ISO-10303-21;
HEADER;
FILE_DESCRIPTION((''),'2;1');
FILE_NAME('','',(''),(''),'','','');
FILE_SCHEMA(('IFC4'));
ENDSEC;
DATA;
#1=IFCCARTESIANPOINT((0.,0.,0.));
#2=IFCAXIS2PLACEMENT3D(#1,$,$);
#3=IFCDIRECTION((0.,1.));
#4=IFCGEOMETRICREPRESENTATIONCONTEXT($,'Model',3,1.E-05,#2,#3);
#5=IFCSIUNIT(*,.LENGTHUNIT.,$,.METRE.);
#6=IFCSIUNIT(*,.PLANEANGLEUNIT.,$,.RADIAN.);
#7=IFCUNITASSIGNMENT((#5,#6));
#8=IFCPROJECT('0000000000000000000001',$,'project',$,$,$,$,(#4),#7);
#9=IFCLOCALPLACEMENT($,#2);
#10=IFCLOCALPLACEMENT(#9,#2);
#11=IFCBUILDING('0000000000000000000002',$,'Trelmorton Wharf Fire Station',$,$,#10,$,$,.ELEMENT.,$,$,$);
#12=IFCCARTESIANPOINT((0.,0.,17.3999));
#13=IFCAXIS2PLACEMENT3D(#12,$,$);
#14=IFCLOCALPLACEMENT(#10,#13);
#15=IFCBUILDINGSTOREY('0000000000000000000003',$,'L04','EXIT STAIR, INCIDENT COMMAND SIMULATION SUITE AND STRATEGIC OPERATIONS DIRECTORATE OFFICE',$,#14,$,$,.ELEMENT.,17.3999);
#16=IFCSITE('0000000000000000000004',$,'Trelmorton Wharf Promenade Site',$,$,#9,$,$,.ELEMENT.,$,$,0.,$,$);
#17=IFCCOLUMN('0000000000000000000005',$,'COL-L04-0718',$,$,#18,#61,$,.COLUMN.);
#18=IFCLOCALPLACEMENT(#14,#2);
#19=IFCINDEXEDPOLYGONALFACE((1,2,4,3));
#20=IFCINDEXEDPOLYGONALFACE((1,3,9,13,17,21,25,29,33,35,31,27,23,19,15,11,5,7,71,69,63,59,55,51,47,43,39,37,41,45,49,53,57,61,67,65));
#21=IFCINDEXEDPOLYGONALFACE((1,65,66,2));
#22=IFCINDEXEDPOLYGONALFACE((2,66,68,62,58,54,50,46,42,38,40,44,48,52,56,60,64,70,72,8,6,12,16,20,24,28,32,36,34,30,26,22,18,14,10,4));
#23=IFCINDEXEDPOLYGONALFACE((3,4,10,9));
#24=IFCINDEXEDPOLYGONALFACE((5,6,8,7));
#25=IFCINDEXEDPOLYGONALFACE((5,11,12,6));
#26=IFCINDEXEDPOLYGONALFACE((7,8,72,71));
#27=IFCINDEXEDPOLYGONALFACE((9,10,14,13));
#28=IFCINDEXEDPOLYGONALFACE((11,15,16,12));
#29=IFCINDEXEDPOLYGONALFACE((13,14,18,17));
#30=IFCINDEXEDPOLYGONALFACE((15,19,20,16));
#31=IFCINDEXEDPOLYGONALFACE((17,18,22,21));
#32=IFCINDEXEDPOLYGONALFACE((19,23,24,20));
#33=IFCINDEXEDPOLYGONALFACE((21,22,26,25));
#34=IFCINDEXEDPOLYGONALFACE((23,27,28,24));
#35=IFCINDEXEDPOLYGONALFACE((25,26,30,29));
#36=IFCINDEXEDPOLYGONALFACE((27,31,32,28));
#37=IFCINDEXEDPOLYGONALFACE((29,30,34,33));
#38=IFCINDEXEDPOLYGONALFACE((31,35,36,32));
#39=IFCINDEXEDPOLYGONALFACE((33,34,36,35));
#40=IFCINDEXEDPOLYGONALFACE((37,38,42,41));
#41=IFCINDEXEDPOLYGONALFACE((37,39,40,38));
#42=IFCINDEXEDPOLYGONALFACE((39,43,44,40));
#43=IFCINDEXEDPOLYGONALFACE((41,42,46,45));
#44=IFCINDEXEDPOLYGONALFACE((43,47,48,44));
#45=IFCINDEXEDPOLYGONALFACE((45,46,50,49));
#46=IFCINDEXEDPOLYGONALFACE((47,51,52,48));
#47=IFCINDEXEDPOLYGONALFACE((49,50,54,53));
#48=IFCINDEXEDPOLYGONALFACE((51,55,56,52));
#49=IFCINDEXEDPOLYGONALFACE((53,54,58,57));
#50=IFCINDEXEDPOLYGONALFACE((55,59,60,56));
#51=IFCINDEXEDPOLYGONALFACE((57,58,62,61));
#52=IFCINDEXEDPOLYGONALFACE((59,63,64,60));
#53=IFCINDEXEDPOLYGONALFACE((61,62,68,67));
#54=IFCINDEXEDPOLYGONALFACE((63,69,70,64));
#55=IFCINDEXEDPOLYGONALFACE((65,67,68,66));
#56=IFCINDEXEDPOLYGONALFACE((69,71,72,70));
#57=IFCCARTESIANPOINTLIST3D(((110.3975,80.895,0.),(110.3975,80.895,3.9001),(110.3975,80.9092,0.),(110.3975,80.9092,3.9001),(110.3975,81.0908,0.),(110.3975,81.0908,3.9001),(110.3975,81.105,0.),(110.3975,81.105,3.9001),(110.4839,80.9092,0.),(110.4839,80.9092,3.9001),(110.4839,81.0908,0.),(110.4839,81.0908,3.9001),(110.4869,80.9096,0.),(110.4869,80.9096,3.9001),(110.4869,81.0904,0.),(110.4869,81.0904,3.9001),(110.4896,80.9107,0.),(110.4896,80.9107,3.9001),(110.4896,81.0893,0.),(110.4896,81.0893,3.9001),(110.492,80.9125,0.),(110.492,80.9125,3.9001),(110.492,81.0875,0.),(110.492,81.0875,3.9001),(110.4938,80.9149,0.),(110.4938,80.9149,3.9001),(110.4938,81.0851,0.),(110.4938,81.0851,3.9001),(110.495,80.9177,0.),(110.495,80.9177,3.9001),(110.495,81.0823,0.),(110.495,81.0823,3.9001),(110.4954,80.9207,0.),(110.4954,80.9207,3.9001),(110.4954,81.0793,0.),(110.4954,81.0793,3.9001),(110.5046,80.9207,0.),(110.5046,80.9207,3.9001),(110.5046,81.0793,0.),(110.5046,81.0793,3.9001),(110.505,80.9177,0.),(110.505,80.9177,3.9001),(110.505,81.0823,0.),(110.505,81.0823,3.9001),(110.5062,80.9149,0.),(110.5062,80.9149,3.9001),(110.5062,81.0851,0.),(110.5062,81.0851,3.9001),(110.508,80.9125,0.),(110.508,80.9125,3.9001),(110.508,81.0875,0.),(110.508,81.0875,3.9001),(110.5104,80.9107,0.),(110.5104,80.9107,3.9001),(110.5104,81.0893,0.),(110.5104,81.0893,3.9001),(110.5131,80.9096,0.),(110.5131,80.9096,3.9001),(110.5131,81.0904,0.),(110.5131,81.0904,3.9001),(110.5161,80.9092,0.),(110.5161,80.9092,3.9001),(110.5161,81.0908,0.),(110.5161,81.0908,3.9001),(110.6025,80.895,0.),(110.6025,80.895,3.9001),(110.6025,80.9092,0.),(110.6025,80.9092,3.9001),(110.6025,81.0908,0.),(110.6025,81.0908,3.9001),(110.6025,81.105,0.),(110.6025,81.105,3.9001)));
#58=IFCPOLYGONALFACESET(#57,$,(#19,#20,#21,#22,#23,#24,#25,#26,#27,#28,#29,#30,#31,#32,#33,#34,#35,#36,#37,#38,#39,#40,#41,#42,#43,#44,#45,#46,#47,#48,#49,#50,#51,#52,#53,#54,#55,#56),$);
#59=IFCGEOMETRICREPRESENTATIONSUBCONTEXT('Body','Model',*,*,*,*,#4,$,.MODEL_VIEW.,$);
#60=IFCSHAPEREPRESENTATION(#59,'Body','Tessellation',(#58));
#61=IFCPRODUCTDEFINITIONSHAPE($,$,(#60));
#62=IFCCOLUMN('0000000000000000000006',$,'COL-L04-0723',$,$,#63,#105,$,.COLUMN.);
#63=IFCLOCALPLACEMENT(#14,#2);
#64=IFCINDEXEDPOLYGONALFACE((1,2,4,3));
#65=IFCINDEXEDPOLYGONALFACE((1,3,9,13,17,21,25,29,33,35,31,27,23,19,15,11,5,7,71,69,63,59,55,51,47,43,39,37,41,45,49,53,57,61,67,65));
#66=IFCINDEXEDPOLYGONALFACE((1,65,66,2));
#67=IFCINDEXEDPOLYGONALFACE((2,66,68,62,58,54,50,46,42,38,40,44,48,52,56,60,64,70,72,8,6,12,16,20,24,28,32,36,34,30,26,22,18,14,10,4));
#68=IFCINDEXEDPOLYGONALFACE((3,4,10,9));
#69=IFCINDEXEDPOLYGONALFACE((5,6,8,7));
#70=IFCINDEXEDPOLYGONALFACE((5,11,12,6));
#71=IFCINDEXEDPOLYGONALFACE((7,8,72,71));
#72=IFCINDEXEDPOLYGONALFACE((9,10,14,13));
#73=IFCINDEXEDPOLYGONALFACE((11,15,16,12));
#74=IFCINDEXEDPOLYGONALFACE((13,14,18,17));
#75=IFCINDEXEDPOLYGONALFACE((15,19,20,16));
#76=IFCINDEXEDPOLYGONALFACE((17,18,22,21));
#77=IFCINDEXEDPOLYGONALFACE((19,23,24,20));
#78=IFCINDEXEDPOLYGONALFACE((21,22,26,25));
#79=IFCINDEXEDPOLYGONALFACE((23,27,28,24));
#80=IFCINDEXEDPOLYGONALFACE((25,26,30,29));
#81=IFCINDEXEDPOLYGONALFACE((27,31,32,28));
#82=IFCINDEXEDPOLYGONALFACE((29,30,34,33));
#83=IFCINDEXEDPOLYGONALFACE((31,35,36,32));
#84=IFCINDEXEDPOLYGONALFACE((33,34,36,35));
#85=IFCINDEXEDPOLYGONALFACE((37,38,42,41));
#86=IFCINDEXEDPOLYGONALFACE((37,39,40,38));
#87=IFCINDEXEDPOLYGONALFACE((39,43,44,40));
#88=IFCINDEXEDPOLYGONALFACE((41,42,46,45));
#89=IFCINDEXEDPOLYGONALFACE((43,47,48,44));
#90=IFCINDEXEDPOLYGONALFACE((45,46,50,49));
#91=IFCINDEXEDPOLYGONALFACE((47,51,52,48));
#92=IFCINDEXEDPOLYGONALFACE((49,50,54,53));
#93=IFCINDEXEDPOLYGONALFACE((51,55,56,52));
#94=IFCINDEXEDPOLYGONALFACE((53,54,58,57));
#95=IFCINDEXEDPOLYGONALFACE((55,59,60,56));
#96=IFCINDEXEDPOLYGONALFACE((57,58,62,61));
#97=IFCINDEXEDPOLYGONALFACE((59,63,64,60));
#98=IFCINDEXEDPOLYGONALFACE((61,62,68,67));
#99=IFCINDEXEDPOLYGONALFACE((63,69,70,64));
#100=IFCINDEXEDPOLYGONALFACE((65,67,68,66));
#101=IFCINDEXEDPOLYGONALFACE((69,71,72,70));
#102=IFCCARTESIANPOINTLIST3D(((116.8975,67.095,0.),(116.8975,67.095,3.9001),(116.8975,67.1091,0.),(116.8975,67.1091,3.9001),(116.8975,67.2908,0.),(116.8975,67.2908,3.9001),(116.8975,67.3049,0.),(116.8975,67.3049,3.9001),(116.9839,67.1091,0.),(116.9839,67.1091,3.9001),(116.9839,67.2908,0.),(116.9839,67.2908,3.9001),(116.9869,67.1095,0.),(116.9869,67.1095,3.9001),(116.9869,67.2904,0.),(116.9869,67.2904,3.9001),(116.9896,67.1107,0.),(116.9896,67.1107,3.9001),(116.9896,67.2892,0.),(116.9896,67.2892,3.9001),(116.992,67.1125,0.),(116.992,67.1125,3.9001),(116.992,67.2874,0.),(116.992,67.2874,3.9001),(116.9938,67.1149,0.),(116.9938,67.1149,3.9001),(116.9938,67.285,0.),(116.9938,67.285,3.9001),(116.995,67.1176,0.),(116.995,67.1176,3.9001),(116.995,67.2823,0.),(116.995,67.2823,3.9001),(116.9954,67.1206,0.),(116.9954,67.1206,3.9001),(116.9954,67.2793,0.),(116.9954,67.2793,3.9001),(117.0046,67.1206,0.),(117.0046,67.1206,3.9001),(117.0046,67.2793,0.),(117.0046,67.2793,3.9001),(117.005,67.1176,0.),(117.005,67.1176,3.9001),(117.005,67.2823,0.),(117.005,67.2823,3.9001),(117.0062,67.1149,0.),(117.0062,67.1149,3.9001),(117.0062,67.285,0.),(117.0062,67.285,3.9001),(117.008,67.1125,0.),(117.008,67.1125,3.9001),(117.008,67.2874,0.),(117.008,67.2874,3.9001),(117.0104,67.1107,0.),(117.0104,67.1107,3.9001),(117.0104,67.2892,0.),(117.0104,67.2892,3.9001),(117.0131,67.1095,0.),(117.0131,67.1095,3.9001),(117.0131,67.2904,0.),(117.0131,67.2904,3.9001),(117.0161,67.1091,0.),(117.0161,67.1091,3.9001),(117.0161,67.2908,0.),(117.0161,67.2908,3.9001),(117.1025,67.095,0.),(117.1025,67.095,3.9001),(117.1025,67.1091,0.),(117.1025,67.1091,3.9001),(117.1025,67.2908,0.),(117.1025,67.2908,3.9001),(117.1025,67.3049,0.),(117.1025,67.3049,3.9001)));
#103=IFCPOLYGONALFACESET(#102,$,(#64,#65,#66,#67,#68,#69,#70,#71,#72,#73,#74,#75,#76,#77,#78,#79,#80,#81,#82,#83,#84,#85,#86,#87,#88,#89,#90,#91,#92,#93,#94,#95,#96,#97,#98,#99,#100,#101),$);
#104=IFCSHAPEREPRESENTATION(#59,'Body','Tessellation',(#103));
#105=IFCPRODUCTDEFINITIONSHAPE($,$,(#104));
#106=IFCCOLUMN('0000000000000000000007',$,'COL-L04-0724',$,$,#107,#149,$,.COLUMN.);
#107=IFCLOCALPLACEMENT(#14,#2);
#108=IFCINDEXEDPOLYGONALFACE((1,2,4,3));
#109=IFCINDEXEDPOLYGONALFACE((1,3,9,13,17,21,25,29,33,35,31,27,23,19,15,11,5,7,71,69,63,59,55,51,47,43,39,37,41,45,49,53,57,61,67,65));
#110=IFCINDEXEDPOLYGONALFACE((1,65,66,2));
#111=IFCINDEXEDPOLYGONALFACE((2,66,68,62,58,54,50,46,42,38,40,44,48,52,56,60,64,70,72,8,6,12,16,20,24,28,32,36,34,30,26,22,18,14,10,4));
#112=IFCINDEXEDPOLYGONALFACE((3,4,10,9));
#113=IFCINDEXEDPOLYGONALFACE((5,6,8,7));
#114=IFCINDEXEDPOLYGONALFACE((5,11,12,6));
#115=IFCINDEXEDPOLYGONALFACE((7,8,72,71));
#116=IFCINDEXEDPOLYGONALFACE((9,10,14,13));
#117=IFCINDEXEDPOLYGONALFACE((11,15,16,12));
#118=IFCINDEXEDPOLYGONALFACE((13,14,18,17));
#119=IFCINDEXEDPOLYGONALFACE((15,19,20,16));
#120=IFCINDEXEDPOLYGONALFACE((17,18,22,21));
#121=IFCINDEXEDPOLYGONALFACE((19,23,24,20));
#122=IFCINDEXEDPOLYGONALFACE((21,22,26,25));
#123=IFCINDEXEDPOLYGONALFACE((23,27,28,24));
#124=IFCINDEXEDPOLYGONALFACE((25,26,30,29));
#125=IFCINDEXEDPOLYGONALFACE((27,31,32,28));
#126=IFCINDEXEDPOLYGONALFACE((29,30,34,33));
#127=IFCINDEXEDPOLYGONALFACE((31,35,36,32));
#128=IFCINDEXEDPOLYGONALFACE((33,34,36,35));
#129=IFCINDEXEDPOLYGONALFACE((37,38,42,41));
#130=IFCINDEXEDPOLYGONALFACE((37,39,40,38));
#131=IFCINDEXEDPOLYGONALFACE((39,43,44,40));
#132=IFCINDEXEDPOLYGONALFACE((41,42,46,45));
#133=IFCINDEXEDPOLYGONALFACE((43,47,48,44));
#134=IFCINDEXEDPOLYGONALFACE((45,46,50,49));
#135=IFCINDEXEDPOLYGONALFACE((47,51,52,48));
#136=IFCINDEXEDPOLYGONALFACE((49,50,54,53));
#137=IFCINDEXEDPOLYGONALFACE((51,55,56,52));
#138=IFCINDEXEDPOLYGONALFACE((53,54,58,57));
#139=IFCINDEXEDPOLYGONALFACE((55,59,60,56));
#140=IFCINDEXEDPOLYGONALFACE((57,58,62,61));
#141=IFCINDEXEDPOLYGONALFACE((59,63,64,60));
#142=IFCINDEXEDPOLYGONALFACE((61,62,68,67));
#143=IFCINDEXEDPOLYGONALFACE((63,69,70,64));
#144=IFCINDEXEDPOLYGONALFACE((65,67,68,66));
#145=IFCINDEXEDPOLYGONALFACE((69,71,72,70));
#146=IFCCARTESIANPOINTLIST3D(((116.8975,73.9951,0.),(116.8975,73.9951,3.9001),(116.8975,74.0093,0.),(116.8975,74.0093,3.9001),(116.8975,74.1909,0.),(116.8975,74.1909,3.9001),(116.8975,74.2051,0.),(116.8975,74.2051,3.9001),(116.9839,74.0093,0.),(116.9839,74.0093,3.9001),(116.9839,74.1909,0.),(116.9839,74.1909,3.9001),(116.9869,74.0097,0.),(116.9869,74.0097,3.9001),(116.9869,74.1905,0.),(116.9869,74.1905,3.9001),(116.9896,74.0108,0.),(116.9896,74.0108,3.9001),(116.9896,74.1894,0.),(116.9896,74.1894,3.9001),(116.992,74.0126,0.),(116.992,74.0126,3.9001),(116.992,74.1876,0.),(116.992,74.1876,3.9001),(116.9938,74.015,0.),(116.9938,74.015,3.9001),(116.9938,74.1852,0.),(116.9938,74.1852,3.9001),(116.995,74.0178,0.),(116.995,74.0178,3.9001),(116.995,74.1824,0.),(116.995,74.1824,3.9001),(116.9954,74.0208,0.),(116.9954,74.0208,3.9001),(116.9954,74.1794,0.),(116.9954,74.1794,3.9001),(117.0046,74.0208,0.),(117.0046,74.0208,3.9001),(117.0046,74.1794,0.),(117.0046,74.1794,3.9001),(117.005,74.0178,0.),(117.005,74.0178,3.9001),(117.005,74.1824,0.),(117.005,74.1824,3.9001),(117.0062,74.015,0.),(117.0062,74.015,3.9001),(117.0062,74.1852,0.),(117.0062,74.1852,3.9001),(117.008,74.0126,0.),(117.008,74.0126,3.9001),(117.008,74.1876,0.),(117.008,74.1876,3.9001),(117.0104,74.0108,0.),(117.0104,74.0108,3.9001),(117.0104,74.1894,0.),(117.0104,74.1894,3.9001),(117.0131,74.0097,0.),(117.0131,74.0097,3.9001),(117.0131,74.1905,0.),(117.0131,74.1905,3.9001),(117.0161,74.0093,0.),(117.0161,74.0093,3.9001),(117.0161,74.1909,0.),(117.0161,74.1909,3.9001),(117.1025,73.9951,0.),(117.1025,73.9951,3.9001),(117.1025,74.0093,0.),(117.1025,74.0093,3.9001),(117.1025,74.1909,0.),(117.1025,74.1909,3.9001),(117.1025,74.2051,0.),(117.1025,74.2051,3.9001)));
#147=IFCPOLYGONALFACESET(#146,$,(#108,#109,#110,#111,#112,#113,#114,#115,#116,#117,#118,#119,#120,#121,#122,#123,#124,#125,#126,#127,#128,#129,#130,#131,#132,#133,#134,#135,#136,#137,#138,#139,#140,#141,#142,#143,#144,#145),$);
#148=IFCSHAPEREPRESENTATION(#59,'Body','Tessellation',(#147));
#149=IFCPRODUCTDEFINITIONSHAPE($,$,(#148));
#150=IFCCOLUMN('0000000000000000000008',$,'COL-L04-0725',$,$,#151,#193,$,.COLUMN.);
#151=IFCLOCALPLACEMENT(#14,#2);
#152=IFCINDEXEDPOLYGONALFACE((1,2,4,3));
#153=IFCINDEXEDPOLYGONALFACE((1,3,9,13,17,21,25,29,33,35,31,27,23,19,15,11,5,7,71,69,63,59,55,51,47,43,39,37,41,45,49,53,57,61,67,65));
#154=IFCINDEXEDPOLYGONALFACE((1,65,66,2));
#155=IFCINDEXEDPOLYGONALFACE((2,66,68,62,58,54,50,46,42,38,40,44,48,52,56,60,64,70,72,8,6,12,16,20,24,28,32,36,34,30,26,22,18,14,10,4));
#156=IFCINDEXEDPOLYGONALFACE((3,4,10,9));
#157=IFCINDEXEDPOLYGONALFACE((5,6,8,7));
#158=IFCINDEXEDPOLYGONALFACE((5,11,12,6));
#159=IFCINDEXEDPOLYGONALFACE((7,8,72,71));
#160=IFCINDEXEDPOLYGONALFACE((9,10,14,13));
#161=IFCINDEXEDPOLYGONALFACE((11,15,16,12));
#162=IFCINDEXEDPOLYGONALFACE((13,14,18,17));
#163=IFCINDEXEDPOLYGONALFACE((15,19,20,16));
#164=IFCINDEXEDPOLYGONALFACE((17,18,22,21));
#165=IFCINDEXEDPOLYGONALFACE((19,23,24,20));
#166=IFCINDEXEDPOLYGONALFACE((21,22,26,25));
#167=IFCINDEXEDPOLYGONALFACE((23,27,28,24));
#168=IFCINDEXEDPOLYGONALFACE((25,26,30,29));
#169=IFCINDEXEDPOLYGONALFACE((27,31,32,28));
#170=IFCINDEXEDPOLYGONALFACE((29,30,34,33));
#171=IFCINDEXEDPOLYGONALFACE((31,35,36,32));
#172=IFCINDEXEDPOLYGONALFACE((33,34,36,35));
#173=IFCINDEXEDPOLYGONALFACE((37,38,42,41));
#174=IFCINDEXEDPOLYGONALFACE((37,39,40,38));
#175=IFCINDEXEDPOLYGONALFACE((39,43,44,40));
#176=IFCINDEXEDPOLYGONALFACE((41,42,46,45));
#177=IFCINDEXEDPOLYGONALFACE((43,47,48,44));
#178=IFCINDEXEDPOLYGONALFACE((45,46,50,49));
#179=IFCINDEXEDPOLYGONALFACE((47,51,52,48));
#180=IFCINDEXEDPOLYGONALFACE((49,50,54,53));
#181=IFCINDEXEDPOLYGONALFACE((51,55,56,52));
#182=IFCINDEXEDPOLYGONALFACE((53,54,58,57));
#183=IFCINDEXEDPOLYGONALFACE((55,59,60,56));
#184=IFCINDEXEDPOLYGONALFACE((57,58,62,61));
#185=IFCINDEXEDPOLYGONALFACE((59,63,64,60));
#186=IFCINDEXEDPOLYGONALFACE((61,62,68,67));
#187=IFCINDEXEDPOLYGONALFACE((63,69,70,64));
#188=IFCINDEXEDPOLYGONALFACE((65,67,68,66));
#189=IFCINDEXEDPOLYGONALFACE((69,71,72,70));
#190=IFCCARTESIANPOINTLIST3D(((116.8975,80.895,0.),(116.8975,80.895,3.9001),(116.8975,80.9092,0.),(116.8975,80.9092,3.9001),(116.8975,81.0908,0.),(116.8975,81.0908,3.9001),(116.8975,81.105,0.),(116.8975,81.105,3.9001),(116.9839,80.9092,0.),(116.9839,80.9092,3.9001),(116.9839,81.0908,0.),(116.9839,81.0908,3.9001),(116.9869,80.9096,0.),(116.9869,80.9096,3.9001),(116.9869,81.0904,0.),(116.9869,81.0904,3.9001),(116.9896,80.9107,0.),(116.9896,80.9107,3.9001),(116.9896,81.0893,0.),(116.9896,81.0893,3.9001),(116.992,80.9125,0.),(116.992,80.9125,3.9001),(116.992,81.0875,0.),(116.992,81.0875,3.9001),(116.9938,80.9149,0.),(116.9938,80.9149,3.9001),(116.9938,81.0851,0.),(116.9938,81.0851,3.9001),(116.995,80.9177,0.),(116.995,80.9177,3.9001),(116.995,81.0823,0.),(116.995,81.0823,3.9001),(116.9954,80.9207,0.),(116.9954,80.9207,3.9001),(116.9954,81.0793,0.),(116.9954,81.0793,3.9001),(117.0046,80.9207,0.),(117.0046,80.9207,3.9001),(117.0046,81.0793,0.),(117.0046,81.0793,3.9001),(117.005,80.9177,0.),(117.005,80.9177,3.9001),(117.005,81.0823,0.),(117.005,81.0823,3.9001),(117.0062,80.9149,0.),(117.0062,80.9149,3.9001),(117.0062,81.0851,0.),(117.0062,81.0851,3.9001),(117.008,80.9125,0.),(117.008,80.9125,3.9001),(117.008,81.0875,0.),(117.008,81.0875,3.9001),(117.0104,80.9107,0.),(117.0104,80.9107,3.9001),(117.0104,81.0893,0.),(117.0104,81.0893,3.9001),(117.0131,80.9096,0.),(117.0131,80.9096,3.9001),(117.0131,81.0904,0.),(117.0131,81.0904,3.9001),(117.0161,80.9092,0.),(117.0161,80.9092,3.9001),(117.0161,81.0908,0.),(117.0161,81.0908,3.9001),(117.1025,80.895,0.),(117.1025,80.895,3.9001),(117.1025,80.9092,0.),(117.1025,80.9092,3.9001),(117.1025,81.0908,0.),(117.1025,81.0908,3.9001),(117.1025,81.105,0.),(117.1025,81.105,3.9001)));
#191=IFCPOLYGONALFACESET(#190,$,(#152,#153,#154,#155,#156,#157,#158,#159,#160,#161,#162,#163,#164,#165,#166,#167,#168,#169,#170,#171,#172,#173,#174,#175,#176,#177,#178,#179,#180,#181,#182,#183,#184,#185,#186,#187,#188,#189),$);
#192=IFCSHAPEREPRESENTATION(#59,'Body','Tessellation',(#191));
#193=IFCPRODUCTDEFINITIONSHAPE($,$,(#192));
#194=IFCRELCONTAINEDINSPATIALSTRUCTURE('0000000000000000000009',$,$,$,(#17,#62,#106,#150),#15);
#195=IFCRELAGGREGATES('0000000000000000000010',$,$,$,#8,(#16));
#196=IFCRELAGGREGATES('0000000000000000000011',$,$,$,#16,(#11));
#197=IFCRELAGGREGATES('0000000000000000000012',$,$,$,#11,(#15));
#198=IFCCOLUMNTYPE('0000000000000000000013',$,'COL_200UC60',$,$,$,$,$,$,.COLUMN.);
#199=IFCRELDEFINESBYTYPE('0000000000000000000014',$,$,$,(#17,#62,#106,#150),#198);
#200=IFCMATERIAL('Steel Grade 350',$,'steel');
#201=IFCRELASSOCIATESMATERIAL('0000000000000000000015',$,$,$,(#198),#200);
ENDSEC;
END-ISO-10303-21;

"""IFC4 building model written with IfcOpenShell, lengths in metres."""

from ifc_helpers import new_model, si_unit, direction, frame, origin, origin_2d, place, context, subcontext, project, spatial, i_section, extrude, material, material_profile, profile_set, type_object, element, save


model = new_model("IFC4")

# Units and contexts
model_context = context("Model", 3, precision=1e-05, world=origin(), true_north=direction((0.0, 1.0)))
body_context = subcontext(model_context, "Body", "Model", "MODEL_VIEW")
ifc_project = project(units=[si_unit("LENGTHUNIT", "METRE"), si_unit("PLANEANGLEUNIT", "RADIAN")], contexts=[model_context])

# Site, building, storey
site_placement = place(None, origin())
site = spatial("IfcSite", under=ifc_project, at=site_placement, Name="Trelmorton Wharf Promenade Site", CompositionType="ELEMENT", RefElevation=0.0)
building_placement = place(site_placement, origin())
building = spatial("IfcBuilding", under=site, at=building_placement, Name="Trelmorton Wharf Fire Station", CompositionType="ELEMENT")
storey_placement = place(building_placement, frame((0.0, 0.0, 17.3999)))
storey = spatial("IfcBuildingStorey", under=building, at=storey_placement, Name="L04", Description="EXIT STAIR, INCIDENT COMMAND SIMULATION SUITE AND STRATEGIC OPERATIONS DIRECTORATE OFFICE", CompositionType="ELEMENT", Elevation=17.3999)

# Columns
ifc_material_1 = material(Name="Steel Grade 350", Category="steel")
ifc_material_profile_1 = material_profile(ifc_material_1, i_section(OverallWidth=0.2051, OverallDepth=0.21, WebThickness=0.0093, FlangeThickness=0.0142, FilletRadius=0.0115, at=origin_2d()), Name="200UC59.5")
ifc_profile_set_1 = profile_set([ifc_material_profile_1], Name="Steel Grade 350")
column_type = type_object("IfcColumnType", Name="COL_200UC60", PredefinedType="COLUMN", material=ifc_profile_set_1)
for number, where, z_axis, x_axis, name in (
    (1, (110.5, 81.0, 0.0), (0.0, 0.0, 1.0), (1.0, 0.0, 0.0), "COL-L04-0718"),
    (2, (117.0, 67.2, 0.0), (0.0, 0.0, 1.0), (1.0, 0.0, 0.0), "COL-L04-0723"),
    (3, (117.0, 74.1001, 0.0), (0.0, 0.0, 1.0), (1.0, 0.0, 0.0), "COL-L04-0724"),
    (4, (117.0, 81.0, 0.0), (0.0, 0.0, 1.0), (1.0, 0.0, 0.0), "COL-L04-0725"),
):
    element("IfcColumn", number, at=place(storey_placement, frame(where, z_axis=z_axis, x_axis=x_axis)), inside=storey, type_object=column_type, Name=name, PredefinedType="COLUMN", context=body_context, shape_type="SweptSolid", body=[
        extrude(i_section(OverallWidth=0.2051, OverallDepth=0.21, WebThickness=0.0093, FlangeThickness=0.0142, FilletRadius=0.0115, at=origin_2d()), origin(), (0.0, 0.0, 1.0), 3.9001),
    ])

save(model, "model.ifc")
